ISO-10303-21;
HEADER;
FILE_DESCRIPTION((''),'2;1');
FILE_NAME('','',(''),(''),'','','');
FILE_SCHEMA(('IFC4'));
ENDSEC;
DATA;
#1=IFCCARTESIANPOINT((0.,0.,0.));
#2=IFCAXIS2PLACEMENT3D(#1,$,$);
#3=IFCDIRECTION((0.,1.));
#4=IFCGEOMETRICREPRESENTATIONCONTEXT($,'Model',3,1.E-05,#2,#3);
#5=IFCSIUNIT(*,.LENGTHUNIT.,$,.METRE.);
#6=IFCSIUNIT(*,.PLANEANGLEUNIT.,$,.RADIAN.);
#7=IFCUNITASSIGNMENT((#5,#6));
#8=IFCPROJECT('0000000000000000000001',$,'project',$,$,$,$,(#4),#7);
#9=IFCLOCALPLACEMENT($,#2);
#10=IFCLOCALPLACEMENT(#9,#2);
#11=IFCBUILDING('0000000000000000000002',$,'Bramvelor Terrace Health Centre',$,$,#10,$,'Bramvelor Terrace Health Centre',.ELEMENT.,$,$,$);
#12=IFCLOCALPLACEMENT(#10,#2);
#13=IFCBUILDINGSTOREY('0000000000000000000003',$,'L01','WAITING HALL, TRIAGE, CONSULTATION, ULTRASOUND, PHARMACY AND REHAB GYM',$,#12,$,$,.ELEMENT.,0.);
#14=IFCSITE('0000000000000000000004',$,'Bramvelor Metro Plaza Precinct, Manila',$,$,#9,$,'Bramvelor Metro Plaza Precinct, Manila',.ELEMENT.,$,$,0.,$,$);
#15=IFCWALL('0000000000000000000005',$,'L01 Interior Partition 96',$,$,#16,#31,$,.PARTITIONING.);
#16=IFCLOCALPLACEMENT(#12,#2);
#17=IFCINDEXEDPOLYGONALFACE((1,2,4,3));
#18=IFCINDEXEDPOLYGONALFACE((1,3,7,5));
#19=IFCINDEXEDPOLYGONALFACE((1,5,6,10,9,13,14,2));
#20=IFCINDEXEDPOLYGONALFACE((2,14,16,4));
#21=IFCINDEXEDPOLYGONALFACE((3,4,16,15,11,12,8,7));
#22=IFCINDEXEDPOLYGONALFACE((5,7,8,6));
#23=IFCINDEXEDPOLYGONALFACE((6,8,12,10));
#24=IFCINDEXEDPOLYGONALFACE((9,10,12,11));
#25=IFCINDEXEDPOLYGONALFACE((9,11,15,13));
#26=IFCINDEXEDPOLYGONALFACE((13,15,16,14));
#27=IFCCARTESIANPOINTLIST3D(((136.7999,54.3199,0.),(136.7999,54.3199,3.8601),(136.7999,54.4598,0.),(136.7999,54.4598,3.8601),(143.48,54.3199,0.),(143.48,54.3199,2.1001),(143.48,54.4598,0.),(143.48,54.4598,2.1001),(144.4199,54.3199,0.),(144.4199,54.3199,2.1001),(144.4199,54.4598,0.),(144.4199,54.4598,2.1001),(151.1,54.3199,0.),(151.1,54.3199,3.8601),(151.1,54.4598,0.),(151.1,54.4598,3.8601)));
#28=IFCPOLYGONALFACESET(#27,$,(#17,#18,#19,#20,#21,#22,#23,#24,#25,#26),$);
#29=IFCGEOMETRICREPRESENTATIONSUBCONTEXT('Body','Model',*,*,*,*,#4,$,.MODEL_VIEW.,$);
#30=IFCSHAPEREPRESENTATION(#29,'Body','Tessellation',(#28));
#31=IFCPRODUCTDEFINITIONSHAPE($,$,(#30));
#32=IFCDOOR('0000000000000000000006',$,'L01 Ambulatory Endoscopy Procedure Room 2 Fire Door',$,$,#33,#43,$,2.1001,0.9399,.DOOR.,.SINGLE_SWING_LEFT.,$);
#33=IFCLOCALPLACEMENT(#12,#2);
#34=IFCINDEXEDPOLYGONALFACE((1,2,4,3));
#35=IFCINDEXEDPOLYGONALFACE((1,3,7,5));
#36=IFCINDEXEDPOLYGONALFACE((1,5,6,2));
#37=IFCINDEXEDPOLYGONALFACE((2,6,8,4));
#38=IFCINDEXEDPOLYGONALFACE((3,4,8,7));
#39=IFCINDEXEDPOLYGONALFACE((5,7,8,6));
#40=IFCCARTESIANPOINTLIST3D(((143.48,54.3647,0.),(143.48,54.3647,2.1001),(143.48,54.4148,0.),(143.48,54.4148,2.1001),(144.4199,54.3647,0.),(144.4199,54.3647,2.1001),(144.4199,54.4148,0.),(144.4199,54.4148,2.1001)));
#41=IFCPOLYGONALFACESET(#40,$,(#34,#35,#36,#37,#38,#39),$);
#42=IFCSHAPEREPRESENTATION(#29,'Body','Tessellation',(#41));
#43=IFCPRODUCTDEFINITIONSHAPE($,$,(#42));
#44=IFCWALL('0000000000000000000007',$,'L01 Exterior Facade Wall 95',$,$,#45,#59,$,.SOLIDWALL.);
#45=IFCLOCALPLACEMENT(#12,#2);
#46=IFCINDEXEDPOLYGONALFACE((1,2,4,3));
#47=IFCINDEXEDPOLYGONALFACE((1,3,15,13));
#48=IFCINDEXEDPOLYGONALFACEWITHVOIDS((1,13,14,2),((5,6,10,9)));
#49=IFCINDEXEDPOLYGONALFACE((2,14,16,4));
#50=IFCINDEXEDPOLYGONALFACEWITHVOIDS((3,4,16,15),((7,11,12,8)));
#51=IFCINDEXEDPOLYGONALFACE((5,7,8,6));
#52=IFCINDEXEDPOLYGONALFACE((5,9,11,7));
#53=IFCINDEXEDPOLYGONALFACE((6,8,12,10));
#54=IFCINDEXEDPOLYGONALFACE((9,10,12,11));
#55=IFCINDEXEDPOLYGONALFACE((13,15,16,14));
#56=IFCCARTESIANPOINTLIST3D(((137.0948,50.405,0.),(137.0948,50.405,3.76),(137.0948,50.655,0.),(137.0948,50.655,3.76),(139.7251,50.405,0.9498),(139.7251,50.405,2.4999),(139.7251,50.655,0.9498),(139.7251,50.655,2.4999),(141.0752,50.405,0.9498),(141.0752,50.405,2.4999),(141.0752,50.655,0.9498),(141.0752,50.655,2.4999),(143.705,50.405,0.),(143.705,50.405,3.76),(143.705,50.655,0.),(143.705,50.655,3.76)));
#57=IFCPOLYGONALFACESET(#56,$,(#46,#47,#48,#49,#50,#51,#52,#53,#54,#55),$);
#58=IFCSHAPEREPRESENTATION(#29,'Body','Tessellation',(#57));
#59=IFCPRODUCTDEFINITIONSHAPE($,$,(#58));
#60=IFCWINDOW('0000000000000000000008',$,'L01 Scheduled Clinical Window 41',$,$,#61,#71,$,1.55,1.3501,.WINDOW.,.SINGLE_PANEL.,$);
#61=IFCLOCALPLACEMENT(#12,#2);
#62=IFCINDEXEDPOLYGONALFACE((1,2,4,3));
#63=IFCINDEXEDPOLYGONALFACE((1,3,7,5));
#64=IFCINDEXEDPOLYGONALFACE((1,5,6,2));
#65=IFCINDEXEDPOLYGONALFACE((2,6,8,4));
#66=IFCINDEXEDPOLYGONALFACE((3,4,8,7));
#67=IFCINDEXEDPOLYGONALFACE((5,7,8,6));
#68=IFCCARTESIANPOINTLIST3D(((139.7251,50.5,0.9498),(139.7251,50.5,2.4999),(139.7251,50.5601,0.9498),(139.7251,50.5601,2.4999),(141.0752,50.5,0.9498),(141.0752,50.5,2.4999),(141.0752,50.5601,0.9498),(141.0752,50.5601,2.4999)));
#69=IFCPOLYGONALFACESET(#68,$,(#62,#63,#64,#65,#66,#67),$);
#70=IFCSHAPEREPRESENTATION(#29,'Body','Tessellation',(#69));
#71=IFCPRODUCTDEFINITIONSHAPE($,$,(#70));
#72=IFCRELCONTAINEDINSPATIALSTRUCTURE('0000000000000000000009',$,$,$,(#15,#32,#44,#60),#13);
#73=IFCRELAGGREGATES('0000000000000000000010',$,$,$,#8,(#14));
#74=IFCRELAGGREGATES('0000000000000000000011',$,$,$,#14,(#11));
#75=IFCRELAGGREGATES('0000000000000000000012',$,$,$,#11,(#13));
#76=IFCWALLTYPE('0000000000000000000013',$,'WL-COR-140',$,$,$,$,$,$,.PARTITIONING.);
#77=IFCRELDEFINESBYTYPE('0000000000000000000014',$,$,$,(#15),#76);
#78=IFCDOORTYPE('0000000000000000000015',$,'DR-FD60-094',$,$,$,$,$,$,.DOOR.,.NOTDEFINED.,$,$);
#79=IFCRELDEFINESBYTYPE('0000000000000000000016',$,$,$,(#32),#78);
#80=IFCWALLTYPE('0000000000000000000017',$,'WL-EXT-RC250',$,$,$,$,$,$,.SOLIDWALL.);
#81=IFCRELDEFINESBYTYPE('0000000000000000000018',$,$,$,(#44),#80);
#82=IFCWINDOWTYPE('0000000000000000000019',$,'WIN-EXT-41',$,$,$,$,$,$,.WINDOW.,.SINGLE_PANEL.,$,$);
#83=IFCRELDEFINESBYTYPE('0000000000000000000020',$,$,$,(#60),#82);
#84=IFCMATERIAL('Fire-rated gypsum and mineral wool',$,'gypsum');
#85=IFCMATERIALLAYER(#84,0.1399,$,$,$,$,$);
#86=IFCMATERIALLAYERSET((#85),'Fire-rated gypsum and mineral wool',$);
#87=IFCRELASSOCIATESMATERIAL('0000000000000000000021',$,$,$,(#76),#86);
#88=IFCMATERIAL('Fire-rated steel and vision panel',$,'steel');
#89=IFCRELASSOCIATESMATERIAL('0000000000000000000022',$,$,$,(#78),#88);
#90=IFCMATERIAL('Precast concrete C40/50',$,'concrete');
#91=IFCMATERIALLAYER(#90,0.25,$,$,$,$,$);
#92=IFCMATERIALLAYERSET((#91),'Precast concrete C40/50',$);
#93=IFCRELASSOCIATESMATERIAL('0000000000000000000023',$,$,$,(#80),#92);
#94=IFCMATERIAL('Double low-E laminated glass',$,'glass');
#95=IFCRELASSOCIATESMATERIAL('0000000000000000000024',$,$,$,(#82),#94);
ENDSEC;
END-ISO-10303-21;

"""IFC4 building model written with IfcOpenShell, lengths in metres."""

from ifc_helpers import new_model, si_unit, direction, frame, frame_2d, origin, place, context, subcontext, project, spatial, rectangle, extrude, material, layer, layer_set, type_object, element, fill, save


model = new_model("IFC4")

# Units and contexts
model_context = context("Model", 3, precision=1e-05, world=origin(), true_north=direction((0.0, 1.0)))
body_context = subcontext(model_context, "Body", "Model", "MODEL_VIEW")
ifc_project = project(units=[si_unit("LENGTHUNIT", "METRE"), si_unit("PLANEANGLEUNIT", "RADIAN")], contexts=[model_context])

# Site, building, storey
site_placement = place(None, origin())
site = spatial("IfcSite", under=ifc_project, at=site_placement, Name="Bramvelor Metro Plaza Precinct, Manila", LongName="Bramvelor Metro Plaza Precinct, Manila", CompositionType="ELEMENT", RefElevation=0.0)
building_placement = place(site_placement, origin())
building = spatial("IfcBuilding", under=site, at=building_placement, Name="Bramvelor Terrace Health Centre", LongName="Bramvelor Terrace Health Centre", CompositionType="ELEMENT")
storey_placement = place(building_placement, origin())
storey = spatial("IfcBuildingStorey", under=building, at=storey_placement, Name="L01", Description="WAITING HALL, TRIAGE, CONSULTATION, ULTRASOUND, PHARMACY AND REHAB GYM", CompositionType="ELEMENT", Elevation=0.0)

# Wall, opening, door
ifc_material_1 = material(Name="Fire-rated gypsum and mineral wool", Category="gypsum")
ifc_layer_1 = layer(ifc_material_1, 0.1399)
ifc_layer_set_1 = layer_set([ifc_layer_1], Name="Fire-rated gypsum and mineral wool")
wall_type_1 = type_object("IfcWallType", Name="WL-COR-140", PredefinedType="PARTITIONING", material=ifc_layer_set_1)
wall_1_placement = place(storey_placement, frame((136.8, 54.3899, 0.0), z_axis=(0.0, 0.0, 1.0), x_axis=(1.0, 0.0, 0.0)))
wall_1 = element("IfcWall", 1, at=wall_1_placement, inside=storey, type_object=wall_type_1, Name="L01 Interior Partition 96", PredefinedType="PARTITIONING", context=body_context, shape_type="SweptSolid", body=[
    extrude(rectangle(XDim=14.3, YDim=0.1399, at=frame_2d((7.1499, 0.0))), origin(), (0.0, 0.0, 1.0), 3.8601),
])
opening_1_placement = place(wall_1_placement, frame((6.6799, 0.0, 0.0)))
opening_1 = element("IfcOpeningElement", 2, at=opening_1_placement, cuts=wall_1, PredefinedType="OPENING", context=body_context, shape_type="SweptSolid", body=[
    extrude(rectangle(XDim=0.9399, YDim=2.1001, at=frame_2d((0.47, 1.05))), frame((0.0, 0.0798, 0.0), z_axis=(0.0, -1.0, 0.0), x_axis=(1.0, 0.0, 0.0)), (0.0, 0.0, 1.0), 0.1599),
])
ifc_material_2 = material(Name="Fire-rated steel and vision panel", Category="steel")
door_type = type_object("IfcDoorType", Name="DR-FD60-094", OperationType="NOTDEFINED", PredefinedType="DOOR", material=ifc_material_2)
door_placement = place(opening_1_placement, origin())
door = element("IfcDoor", 3, at=door_placement, inside=storey, type_object=door_type, Name="L01 Ambulatory Endoscopy Procedure Room 2 Fire Door", OperationType="SINGLE_SWING_LEFT", OverallHeight=2.1001, OverallWidth=0.9399, PredefinedType="DOOR", context=body_context, shape_type="SweptSolid", body=[
    extrude(rectangle(XDim=0.9399, YDim=2.1001, at=frame_2d((0.47, 1.05))), frame((0.0, 0.0249, 0.0), z_axis=(0.0, -1.0, 0.0), x_axis=(1.0, 0.0, 0.0)), (0.0, 0.0, 1.0), 0.05),
])
fill(opening_1, door)

# Wall, opening, window
ifc_material_3 = material(Name="Precast concrete C40/50", Category="concrete")
ifc_layer_2 = layer(ifc_material_3, 0.25)
ifc_layer_set_2 = layer_set([ifc_layer_2], Name="Precast concrete C40/50")
wall_type_2 = type_object("IfcWallType", Name="WL-EXT-RC250", PredefinedType="SOLIDWALL", material=ifc_layer_set_2)
wall_2_placement = place(storey_placement, frame((143.7051, 50.53, 0.0), z_axis=(0.0, 0.0, 1.0), x_axis=(-1.0, 0.0, 0.0)))
wall_2 = element("IfcWall", 4, at=wall_2_placement, inside=storey, type_object=wall_type_2, Name="L01 Exterior Facade Wall 95", PredefinedType="SOLIDWALL", context=body_context, shape_type="SweptSolid", body=[
    extrude(rectangle(XDim=6.6101, YDim=0.25, at=frame_2d((3.3052, 0.0))), origin(), (0.0, 0.0, 1.0), 3.76),
])
opening_2_placement = place(wall_2_placement, frame((2.6299, 0.0, 0.95)))
opening_2 = element("IfcOpeningElement", 5, at=opening_2_placement, cuts=wall_2, PredefinedType="OPENING", context=body_context, shape_type="SweptSolid", body=[
    extrude(rectangle(XDim=1.3501, YDim=1.55, at=frame_2d((0.675, 0.7749))), frame((0.0, 0.135, 0.0), z_axis=(0.0, -1.0, 0.0), x_axis=(1.0, 0.0, 0.0)), (0.0, 0.0, 1.0), 0.27),
])
ifc_material_4 = material(Name="Double low-E laminated glass", Category="glass")
window_type = type_object("IfcWindowType", Name="WIN-EXT-41", PartitioningType="SINGLE_PANEL", PredefinedType="WINDOW", material=ifc_material_4)
window_placement = place(opening_2_placement, origin())
window = element("IfcWindow", 6, at=window_placement, inside=storey, type_object=window_type, Name="L01 Scheduled Clinical Window 41", OverallHeight=1.55, OverallWidth=1.3501, PartitioningType="SINGLE_PANEL", PredefinedType="WINDOW", context=body_context, shape_type="SweptSolid", body=[
    extrude(rectangle(XDim=1.3501, YDim=1.55, at=frame_2d((0.675, 0.7749))), frame((0.0, 0.03, 0.0), z_axis=(0.0, -1.0, 0.0), x_axis=(1.0, 0.0, 0.0)), (0.0, 0.0, 1.0), 0.0601),
])
fill(opening_2, window)

save(model, "model.ifc")
